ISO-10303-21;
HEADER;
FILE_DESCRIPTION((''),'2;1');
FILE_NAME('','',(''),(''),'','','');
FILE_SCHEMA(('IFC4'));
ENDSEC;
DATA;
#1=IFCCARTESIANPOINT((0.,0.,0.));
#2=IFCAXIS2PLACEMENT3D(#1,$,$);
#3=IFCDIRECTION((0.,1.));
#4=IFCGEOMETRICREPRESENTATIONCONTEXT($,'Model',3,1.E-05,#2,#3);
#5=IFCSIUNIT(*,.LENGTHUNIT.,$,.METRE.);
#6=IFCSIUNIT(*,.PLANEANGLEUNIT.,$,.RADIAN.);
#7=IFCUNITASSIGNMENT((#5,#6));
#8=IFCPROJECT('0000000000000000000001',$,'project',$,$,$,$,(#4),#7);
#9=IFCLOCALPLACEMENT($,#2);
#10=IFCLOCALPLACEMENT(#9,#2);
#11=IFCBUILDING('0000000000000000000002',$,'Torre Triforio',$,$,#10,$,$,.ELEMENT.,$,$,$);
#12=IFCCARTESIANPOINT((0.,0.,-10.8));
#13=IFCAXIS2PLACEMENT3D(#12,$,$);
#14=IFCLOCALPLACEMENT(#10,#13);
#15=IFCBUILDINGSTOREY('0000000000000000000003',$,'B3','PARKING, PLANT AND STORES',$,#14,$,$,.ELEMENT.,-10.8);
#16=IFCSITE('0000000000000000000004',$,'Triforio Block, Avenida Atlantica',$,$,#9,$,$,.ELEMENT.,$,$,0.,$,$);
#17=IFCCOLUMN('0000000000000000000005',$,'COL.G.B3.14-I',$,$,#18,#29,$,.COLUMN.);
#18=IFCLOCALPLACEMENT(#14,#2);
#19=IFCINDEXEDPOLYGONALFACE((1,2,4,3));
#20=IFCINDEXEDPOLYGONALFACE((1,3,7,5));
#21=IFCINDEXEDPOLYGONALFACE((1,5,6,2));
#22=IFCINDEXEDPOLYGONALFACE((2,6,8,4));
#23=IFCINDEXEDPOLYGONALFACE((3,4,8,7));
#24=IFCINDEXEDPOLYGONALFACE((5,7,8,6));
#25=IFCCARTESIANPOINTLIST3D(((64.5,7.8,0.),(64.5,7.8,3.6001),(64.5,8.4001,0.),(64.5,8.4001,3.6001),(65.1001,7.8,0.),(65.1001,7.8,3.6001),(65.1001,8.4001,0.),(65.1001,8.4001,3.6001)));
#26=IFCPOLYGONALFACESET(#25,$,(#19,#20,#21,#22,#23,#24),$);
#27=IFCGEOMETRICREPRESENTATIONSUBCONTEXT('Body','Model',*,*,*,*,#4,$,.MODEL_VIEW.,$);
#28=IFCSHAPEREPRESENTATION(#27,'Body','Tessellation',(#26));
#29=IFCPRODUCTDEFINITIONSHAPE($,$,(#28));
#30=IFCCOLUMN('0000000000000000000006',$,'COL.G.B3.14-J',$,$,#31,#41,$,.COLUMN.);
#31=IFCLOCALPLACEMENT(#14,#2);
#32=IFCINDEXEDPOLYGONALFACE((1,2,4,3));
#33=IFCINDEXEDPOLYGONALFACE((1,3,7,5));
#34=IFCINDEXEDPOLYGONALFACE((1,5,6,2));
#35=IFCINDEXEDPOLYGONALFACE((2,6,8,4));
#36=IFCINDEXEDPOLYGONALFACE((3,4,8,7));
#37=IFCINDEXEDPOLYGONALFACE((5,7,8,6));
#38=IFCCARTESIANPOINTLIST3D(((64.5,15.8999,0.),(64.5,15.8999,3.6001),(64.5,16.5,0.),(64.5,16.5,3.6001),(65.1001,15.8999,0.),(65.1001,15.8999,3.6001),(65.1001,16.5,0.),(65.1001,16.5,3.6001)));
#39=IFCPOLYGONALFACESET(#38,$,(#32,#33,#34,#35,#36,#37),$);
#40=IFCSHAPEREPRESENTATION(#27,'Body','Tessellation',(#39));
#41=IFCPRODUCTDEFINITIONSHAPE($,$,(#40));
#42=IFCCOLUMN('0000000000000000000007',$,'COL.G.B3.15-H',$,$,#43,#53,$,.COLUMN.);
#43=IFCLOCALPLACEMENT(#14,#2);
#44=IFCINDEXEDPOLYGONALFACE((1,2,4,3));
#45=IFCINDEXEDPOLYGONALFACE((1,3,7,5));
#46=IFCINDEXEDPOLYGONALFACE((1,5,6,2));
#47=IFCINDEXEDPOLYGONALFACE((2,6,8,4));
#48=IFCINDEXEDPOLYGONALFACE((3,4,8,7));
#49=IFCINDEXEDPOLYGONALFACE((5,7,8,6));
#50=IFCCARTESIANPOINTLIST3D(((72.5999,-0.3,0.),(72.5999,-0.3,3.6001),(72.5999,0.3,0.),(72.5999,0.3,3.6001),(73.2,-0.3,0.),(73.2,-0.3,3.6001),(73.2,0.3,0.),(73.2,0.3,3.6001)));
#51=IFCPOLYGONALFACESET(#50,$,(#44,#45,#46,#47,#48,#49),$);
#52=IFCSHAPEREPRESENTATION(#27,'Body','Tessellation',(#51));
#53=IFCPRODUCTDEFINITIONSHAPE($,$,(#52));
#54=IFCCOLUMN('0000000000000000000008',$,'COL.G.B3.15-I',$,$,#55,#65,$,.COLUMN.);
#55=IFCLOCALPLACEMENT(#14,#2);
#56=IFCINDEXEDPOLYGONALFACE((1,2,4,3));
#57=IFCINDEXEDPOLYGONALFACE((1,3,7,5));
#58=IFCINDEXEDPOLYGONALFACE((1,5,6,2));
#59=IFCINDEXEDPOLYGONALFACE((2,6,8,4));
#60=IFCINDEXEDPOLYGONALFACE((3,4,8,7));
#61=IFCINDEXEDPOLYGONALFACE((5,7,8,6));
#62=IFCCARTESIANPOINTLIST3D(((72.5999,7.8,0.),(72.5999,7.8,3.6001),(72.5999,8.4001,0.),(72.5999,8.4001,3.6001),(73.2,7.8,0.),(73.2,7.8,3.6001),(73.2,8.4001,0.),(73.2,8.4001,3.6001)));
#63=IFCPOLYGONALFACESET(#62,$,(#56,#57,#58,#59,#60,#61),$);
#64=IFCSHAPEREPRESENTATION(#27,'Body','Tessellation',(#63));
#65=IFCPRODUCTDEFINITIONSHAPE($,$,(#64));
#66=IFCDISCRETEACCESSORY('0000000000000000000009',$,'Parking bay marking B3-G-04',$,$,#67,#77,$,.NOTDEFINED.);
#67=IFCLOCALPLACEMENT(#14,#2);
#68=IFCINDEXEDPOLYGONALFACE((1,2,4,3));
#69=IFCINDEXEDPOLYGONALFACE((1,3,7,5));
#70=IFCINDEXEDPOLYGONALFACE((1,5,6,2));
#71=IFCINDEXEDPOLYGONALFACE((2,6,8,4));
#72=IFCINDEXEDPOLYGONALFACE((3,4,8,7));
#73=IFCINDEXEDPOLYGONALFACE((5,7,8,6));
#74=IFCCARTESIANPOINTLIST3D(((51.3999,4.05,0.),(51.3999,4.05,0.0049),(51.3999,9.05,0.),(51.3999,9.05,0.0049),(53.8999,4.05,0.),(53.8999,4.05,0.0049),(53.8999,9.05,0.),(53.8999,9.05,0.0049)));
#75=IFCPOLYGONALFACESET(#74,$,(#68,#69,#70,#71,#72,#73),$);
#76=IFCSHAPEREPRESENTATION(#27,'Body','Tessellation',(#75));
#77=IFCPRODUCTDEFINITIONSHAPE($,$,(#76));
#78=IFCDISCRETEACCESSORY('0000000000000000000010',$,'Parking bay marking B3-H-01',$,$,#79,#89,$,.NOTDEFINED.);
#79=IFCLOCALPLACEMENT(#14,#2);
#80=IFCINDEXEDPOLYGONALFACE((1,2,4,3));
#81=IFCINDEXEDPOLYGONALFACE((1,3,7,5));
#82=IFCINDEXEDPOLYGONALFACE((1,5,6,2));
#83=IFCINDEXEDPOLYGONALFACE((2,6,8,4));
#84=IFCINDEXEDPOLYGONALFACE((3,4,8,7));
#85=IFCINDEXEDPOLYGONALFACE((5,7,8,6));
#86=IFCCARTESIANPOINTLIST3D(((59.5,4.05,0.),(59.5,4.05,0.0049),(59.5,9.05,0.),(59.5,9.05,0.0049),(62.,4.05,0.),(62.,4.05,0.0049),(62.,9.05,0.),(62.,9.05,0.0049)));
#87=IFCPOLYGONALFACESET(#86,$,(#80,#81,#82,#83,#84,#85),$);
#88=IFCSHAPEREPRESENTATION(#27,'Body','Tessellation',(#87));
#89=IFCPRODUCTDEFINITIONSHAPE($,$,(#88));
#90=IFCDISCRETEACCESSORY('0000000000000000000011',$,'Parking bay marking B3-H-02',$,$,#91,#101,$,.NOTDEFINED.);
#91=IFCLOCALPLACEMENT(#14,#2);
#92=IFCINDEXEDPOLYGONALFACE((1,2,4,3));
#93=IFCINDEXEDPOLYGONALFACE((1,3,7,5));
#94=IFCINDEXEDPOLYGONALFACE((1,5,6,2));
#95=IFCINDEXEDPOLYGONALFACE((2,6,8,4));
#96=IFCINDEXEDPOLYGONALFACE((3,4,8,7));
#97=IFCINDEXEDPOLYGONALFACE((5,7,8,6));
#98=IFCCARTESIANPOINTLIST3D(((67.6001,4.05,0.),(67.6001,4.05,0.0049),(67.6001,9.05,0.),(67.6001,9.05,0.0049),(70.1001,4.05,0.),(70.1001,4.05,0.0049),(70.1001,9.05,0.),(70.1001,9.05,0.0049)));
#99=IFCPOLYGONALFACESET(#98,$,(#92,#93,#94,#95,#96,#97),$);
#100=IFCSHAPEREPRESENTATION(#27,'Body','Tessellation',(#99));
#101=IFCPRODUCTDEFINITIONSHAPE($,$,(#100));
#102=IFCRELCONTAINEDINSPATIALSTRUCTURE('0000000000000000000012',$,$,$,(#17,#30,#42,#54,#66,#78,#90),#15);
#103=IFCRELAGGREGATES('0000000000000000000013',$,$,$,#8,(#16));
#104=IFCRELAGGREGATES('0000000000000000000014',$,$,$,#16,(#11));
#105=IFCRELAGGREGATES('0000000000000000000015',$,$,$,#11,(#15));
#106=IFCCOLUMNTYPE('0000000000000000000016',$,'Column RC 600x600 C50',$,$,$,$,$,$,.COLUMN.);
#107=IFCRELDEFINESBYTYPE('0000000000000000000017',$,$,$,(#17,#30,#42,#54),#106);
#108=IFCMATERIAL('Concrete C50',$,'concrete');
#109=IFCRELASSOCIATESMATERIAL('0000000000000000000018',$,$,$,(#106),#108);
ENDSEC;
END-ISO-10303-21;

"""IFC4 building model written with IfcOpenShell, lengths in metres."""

from ifc_helpers import new_model, si_unit, direction, frame, origin, origin_2d, place, context, subcontext, project, spatial, rectangle, extrude, material, material_profile, profile_set, type_object, element, save


model = new_model("IFC4")

# Units and contexts
model_context = context("Model", 3, precision=1e-05, world=origin(), true_north=direction((0.0, 1.0)))
body_context = subcontext(model_context, "Body", "Model", "MODEL_VIEW")
ifc_project = project(units=[si_unit("LENGTHUNIT", "METRE"), si_unit("PLANEANGLEUNIT", "RADIAN")], contexts=[model_context])

# Site, building, storey
site_placement = place(None, origin())
site = spatial("IfcSite", under=ifc_project, at=site_placement, Name="Triforio Block, Avenida Atlantica", CompositionType="ELEMENT", RefElevation=0.0)
building_placement = place(site_placement, origin())
building = spatial("IfcBuilding", under=site, at=building_placement, Name="Torre Triforio", CompositionType="ELEMENT")
storey_placement = place(building_placement, frame((0.0, 0.0, -10.8)))
storey = spatial("IfcBuildingStorey", under=building, at=storey_placement, Name="B3", Description="PARKING, PLANT AND STORES", CompositionType="ELEMENT", Elevation=-10.8)

# Shared definitions
ifc_material_1 = material(Name="Concrete C50", Category="concrete")

# Columns
ifc_material_profile_1 = material_profile(ifc_material_1, rectangle(XDim=0.6001, YDim=0.6001, at=origin_2d()), Name="RC 600x600")
ifc_profile_set_1 = profile_set([ifc_material_profile_1], Name="Concrete C50")
column_type = type_object("IfcColumnType", Name="Column RC 600x600 C50", PredefinedType="COLUMN", material=ifc_profile_set_1)
for number, where, z_axis, x_axis, name in (
    (1, (64.8, 8.1001, 0.0), (0.0, 0.0, 1.0), (1.0, 0.0, 0.0), "COL.G.B3.14-I"),
    (2, (64.8, 16.2, 0.0), (0.0, 0.0, 1.0), (1.0, 0.0, 0.0), "COL.G.B3.14-J"),
    (3, (72.8999, 0.0, 0.0), (0.0, 0.0, 1.0), (1.0, 0.0, 0.0), "COL.G.B3.15-H"),
    (4, (72.8999, 8.1001, 0.0), (0.0, 0.0, 1.0), (1.0, 0.0, 0.0), "COL.G.B3.15-I"),
):
    element("IfcColumn", number, at=place(storey_placement, frame(where, z_axis=z_axis, x_axis=x_axis)), inside=storey, type_object=column_type, Name=name, PredefinedType="COLUMN", context=body_context, shape_type="SweptSolid", body=[
        extrude(rectangle(XDim=0.6001, YDim=0.6001, at=origin_2d()), origin(), (0.0, 0.0, 1.0), 3.6001),
    ])

# Discrete accessories
for number, where, z_axis, x_axis, name in (
    (5, (52.6499, 6.55, 0.0), (0.0, 0.0, 1.0), (1.0, 0.0, 0.0), "Parking bay marking B3-G-04"),
    (6, (60.75, 6.55, 0.0), (0.0, 0.0, 1.0), (1.0, 0.0, 0.0), "Parking bay marking B3-H-01"),
    (7, (68.8501, 6.55, 0.0), (0.0, 0.0, 1.0), (1.0, 0.0, 0.0), "Parking bay marking B3-H-02"),
):
    element("IfcDiscreteAccessory", number, at=place(storey_placement, frame(where, z_axis=z_axis, x_axis=x_axis)), inside=storey, Name=name, PredefinedType="NOTDEFINED", context=body_context, shape_type="SweptSolid", body=[
        extrude(rectangle(XDim=2.5, YDim=5.0, at=origin_2d()), origin(), (0.0, 0.0, 1.0), 0.0049),
    ])

save(model, "model.ifc")
